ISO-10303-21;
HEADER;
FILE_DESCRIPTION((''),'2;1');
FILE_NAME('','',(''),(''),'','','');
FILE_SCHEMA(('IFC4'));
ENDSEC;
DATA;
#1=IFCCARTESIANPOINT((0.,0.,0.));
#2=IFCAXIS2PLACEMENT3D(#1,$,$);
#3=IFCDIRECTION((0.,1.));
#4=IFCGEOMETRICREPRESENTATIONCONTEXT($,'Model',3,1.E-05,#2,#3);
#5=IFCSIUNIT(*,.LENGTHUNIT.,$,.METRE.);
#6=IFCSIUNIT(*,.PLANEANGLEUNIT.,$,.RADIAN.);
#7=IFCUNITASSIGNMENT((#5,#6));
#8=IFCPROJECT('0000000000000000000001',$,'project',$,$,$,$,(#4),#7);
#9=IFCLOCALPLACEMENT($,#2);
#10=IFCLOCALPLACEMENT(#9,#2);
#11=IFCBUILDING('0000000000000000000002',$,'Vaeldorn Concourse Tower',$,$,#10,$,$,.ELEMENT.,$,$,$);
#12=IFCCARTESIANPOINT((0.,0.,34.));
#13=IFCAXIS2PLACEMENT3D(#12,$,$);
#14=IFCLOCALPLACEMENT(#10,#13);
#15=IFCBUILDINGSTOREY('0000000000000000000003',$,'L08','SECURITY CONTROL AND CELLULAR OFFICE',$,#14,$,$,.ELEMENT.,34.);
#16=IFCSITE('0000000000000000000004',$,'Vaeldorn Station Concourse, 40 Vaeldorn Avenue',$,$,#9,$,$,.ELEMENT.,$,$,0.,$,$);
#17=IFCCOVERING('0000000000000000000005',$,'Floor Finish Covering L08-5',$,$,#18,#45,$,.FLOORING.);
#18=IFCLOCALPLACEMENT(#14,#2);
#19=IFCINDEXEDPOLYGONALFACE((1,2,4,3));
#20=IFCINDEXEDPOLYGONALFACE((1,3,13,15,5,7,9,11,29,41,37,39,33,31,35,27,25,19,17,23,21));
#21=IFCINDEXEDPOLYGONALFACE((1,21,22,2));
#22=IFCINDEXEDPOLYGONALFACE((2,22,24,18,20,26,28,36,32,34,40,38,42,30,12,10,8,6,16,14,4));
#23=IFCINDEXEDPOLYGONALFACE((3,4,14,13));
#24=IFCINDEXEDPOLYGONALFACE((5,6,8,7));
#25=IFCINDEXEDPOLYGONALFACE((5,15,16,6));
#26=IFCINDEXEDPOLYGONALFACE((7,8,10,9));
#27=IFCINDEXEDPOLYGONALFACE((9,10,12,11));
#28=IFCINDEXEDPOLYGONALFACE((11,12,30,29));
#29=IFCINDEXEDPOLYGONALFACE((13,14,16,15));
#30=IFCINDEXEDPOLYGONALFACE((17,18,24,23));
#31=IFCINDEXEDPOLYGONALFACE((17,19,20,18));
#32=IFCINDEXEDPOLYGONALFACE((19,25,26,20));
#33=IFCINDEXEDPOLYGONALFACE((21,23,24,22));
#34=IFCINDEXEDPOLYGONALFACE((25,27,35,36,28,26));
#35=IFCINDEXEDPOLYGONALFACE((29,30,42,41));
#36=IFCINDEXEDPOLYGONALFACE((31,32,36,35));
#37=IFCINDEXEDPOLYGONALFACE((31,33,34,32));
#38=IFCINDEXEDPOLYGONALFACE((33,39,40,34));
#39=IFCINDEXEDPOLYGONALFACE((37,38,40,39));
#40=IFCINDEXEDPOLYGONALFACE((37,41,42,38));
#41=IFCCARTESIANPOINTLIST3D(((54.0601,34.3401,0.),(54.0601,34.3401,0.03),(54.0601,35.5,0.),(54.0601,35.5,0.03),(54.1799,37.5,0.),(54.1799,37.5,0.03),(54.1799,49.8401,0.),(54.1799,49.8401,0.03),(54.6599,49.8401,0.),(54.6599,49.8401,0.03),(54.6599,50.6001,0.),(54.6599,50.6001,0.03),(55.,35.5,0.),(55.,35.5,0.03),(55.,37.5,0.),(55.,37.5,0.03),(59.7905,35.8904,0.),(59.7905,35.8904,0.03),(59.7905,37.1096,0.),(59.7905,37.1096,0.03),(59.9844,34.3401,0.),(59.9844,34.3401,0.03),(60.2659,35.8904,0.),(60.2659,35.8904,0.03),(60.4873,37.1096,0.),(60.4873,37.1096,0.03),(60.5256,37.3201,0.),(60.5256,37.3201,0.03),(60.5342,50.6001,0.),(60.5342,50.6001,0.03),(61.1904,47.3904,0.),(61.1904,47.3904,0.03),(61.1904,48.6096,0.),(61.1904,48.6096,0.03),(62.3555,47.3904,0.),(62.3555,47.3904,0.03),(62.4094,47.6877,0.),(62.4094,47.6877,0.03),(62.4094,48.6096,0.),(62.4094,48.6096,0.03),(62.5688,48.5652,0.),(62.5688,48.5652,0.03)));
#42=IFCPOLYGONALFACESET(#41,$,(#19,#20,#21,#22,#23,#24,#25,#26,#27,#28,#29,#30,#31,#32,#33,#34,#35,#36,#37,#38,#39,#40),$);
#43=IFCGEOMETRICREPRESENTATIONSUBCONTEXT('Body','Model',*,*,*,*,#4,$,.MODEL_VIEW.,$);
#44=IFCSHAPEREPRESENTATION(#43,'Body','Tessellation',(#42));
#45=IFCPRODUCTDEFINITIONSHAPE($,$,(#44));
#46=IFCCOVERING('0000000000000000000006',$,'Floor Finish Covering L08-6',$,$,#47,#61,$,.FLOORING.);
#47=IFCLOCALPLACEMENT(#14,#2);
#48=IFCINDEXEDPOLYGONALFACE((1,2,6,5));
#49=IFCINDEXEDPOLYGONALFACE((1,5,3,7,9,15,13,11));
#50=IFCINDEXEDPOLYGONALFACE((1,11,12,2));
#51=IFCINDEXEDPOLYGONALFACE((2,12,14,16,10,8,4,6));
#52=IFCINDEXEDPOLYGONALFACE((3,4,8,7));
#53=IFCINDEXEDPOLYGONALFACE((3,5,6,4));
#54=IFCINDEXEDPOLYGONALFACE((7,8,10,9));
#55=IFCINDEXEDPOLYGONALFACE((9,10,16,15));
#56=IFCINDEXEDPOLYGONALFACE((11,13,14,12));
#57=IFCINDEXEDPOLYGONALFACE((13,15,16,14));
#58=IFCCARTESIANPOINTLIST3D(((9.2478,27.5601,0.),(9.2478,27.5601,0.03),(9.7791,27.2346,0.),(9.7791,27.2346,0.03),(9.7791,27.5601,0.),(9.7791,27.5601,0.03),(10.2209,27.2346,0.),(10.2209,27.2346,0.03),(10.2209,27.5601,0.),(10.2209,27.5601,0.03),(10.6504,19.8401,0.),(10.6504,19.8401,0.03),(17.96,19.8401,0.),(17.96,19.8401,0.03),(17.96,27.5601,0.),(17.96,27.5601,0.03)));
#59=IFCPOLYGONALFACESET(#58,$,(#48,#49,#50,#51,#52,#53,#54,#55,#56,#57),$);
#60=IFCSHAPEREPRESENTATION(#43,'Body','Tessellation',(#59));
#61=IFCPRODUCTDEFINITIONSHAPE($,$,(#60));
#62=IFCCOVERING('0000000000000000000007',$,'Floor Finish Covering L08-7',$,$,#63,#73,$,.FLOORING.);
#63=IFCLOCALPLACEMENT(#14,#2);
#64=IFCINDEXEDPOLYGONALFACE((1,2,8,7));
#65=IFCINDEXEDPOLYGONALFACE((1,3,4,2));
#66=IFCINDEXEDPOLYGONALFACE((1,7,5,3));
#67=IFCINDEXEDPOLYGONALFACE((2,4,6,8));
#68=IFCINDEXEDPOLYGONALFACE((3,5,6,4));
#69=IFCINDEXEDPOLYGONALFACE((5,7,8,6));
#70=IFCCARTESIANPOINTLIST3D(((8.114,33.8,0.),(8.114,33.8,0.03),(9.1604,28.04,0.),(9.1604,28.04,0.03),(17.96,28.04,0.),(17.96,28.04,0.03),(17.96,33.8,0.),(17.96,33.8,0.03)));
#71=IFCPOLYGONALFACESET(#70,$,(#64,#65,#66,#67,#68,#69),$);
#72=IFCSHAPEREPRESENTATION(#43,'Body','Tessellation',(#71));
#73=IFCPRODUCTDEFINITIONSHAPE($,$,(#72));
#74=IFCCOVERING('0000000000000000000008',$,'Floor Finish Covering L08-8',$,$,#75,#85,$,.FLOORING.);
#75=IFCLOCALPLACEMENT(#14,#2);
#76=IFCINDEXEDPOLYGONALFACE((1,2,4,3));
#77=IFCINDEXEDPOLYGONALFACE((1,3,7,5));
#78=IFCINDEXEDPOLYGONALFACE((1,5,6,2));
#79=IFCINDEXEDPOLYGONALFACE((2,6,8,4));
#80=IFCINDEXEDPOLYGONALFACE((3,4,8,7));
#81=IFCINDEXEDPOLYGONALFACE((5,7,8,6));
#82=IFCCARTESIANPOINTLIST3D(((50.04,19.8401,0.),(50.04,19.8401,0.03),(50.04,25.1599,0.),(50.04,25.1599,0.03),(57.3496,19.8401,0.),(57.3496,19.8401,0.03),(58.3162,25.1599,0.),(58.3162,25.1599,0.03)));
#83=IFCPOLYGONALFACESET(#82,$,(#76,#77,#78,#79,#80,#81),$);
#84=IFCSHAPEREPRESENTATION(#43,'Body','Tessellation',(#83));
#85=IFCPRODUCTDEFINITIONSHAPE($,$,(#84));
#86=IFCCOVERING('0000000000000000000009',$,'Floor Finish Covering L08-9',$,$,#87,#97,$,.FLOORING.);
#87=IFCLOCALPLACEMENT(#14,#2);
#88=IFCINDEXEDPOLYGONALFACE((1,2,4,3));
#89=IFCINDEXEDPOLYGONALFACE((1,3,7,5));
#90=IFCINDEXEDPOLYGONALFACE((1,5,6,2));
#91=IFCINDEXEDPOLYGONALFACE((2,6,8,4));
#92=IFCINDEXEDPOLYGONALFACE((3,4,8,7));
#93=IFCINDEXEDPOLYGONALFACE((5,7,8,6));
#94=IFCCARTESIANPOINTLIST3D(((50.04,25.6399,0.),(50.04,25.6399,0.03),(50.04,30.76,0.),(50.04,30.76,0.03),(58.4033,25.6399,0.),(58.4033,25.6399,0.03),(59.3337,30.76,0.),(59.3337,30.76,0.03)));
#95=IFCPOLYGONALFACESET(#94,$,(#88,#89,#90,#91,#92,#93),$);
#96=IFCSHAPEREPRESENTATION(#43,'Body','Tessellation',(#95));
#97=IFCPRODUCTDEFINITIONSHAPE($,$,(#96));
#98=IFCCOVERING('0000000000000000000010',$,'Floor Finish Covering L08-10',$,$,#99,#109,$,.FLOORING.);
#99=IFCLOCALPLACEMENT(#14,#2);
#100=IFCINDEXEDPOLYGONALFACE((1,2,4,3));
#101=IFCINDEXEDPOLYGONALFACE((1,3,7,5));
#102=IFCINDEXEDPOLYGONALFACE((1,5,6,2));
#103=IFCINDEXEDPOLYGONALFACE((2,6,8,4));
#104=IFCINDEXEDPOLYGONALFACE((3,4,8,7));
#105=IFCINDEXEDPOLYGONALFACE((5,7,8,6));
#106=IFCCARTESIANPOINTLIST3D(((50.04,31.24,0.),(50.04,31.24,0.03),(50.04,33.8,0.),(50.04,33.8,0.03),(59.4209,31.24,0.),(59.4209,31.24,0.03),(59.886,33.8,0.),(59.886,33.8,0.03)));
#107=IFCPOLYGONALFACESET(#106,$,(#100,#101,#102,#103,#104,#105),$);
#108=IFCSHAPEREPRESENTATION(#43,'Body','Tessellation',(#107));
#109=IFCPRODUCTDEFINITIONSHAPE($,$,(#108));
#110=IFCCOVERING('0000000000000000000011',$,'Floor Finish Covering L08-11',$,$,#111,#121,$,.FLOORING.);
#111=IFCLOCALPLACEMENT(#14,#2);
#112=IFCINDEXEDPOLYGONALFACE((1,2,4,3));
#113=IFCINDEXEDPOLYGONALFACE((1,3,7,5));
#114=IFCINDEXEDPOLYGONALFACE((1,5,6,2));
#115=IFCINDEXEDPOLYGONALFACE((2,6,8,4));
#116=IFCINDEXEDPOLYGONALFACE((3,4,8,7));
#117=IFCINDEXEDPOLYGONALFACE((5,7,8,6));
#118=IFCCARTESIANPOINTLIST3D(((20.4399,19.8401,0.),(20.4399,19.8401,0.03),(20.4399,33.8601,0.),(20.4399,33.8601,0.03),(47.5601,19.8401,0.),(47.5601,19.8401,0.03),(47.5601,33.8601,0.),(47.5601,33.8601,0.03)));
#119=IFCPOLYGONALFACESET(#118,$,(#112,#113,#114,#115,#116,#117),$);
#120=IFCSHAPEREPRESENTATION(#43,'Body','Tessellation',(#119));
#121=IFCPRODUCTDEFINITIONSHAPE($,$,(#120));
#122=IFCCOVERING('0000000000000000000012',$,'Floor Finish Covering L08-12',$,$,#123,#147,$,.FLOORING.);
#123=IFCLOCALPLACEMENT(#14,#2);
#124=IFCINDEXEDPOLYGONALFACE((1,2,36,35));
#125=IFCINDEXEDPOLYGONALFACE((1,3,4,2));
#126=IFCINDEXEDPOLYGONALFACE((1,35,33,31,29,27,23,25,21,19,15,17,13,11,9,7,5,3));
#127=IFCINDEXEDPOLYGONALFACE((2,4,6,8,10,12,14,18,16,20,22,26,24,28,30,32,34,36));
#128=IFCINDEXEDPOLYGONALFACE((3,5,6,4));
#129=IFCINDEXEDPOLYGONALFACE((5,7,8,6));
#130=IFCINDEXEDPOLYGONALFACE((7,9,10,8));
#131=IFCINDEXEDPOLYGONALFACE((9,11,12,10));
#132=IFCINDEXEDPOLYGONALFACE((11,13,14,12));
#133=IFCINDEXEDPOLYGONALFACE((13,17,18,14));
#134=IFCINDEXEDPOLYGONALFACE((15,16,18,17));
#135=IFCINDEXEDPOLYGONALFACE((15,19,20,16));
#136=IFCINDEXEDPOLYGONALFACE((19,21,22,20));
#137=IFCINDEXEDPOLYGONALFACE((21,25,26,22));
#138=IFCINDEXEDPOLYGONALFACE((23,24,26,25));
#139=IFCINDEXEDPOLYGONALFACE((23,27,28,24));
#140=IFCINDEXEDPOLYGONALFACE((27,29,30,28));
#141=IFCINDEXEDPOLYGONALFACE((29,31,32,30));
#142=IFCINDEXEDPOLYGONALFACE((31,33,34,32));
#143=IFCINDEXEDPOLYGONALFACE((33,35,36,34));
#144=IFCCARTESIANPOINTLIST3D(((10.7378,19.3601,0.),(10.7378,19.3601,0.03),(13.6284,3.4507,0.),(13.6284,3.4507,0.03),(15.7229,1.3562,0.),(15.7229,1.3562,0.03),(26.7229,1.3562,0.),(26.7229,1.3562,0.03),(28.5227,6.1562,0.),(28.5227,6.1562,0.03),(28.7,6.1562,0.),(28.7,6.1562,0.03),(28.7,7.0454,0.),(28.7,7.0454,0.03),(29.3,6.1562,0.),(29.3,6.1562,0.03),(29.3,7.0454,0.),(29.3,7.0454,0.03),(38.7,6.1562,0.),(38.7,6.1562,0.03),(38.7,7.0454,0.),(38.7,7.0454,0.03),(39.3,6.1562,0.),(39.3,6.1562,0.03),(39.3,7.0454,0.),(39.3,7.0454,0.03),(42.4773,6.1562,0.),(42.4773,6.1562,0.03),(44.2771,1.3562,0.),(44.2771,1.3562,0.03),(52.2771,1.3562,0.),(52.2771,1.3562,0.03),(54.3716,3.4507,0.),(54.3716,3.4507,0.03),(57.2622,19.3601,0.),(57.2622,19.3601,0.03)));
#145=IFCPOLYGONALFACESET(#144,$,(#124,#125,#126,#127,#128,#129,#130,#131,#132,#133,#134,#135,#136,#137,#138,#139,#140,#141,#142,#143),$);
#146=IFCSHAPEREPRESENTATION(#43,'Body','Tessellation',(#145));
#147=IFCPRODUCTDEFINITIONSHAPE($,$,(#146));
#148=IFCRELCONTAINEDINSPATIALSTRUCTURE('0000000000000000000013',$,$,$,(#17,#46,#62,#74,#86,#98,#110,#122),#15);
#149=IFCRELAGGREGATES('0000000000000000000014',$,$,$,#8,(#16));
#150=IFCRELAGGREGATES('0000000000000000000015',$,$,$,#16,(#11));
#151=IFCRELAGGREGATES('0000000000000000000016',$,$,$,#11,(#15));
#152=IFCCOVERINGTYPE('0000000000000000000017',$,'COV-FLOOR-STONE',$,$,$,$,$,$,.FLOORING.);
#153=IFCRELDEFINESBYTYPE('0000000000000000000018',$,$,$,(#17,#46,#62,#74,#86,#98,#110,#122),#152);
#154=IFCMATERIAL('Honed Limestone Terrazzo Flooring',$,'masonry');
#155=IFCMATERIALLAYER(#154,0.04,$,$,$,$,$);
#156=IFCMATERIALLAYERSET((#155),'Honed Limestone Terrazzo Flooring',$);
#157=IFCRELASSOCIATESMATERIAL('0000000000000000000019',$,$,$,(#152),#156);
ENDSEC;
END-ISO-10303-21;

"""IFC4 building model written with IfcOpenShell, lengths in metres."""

from ifc_helpers import new_model, si_unit, direction, frame, origin, place, context, subcontext, project, spatial, polyline, outline, extrude, material, layer, layer_set, type_object, element, save


model = new_model("IFC4")

# Units and contexts
model_context = context("Model", 3, precision=1e-05, world=origin(), true_north=direction((0.0, 1.0)))
body_context = subcontext(model_context, "Body", "Model", "MODEL_VIEW")
ifc_project = project(units=[si_unit("LENGTHUNIT", "METRE"), si_unit("PLANEANGLEUNIT", "RADIAN")], contexts=[model_context])

# Site, building, storey
site_placement = place(None, origin())
site = spatial("IfcSite", under=ifc_project, at=site_placement, Name="Vaeldorn Station Concourse, 40 Vaeldorn Avenue", CompositionType="ELEMENT", RefElevation=0.0)
building_placement = place(site_placement, origin())
building = spatial("IfcBuilding", under=site, at=building_placement, Name="Vaeldorn Concourse Tower", CompositionType="ELEMENT")
storey_placement = place(building_placement, frame((0.0, 0.0, 34.0)))
storey = spatial("IfcBuildingStorey", under=building, at=storey_placement, Name="L08", Description="SECURITY CONTROL AND CELLULAR OFFICE", CompositionType="ELEMENT", Elevation=34.0)

# Coverings
ifc_material_1 = material(Name="Honed Limestone Terrazzo Flooring", Category="masonry")
ifc_layer_1 = layer(ifc_material_1, 0.04)
ifc_layer_set_1 = layer_set([ifc_layer_1], Name="Honed Limestone Terrazzo Flooring")
covering_type_1 = type_object("IfcCoveringType", Name="COV-FLOOR-STONE", PredefinedType="FLOORING", material=ifc_layer_set_1)
covering_1_placement = place(storey_placement, origin())
element("IfcCovering", 1, at=covering_1_placement, inside=storey, type_object=covering_type_1, Name="Floor Finish Covering L08-5", PredefinedType="FLOORING", context=body_context, shape_type="SweptSolid", body=[
    extrude(outline(polyline([(54.1799, 49.8401), (54.6599, 49.8401), (54.6599, 50.6001), (60.5342, 50.6001), (62.5688, 48.5652), (62.4094, 47.6877), (62.4094, 48.6096), (61.1904, 48.6096), (61.1904, 47.3904), (62.3555, 47.3904), (60.5256, 37.3201), (60.5256, 37.3201), (60.4873, 37.1096), (59.7905, 37.1096), (59.7905, 35.8904), (60.2659, 35.8904), (59.9844, 34.3401), (54.0601, 34.3401), (54.0601, 35.5), (55.0, 35.5), (55.0, 37.5), (54.1799, 37.5), (54.1799, 49.8401)])), origin(), (0.0, 0.0, 1.0), 0.03),
])
covering_2_placement = place(storey_placement, origin())
element("IfcCovering", 2, at=covering_2_placement, inside=storey, type_object=covering_type_1, Name="Floor Finish Covering L08-6", PredefinedType="FLOORING", context=body_context, shape_type="SweptSolid", body=[
    extrude(outline(polyline([(9.7791, 27.5601), (9.7791, 27.2346), (10.2209, 27.2346), (10.2209, 27.5601), (17.96, 27.5601), (17.96, 19.8401), (10.6504, 19.8401), (9.2478, 27.5601), (9.7791, 27.5601)])), origin(), (0.0, 0.0, 1.0), 0.03),
])
covering_3_placement = place(storey_placement, origin())
element("IfcCovering", 3, at=covering_3_placement, inside=storey, type_object=covering_type_1, Name="Floor Finish Covering L08-7", PredefinedType="FLOORING", context=body_context, shape_type="SweptSolid", body=[
    extrude(outline(polyline([(17.96, 33.8), (17.96, 28.04), (9.1604, 28.04), (8.114, 33.8), (17.96, 33.8)])), origin(), (0.0, 0.0, 1.0), 0.03),
])
covering_4_placement = place(storey_placement, origin())
element("IfcCovering", 4, at=covering_4_placement, inside=storey, type_object=covering_type_1, Name="Floor Finish Covering L08-8", PredefinedType="FLOORING", context=body_context, shape_type="SweptSolid", body=[
    extrude(outline(polyline([(50.04, 19.8401), (50.04, 25.1599), (58.3162, 25.1599), (57.3496, 19.8401), (50.04, 19.8401)])), origin(), (0.0, 0.0, 1.0), 0.03),
])
covering_5_placement = place(storey_placement, origin())
element("IfcCovering", 5, at=covering_5_placement, inside=storey, type_object=covering_type_1, Name="Floor Finish Covering L08-9", PredefinedType="FLOORING", context=body_context, shape_type="SweptSolid", body=[
    extrude(outline(polyline([(50.04, 25.6399), (50.04, 30.76), (59.3337, 30.76), (58.4033, 25.6399), (50.04, 25.6399)])), origin(), (0.0, 0.0, 1.0), 0.03),
])
covering_6_placement = place(storey_placement, origin())
element("IfcCovering", 6, at=covering_6_placement, inside=storey, type_object=covering_type_1, Name="Floor Finish Covering L08-10", PredefinedType="FLOORING", context=body_context, shape_type="SweptSolid", body=[
    extrude(outline(polyline([(50.04, 31.24), (50.04, 33.8), (59.886, 33.8), (59.4209, 31.24), (50.04, 31.24)])), origin(), (0.0, 0.0, 1.0), 0.03),
])
covering_7_placement = place(storey_placement, origin())
element("IfcCovering", 7, at=covering_7_placement, inside=storey, type_object=covering_type_1, Name="Floor Finish Covering L08-11", PredefinedType="FLOORING", context=body_context, shape_type="SweptSolid", body=[
    extrude(outline(polyline([(20.4399, 33.8601), (47.5601, 33.8601), (47.5601, 19.8401), (20.4399, 19.8401), (20.4399, 33.8601)])), origin(), (0.0, 0.0, 1.0), 0.03),
])
covering_8_placement = place(storey_placement, origin())
element("IfcCovering", 8, at=covering_8_placement, inside=storey, type_object=covering_type_1, Name="Floor Finish Covering L08-12", PredefinedType="FLOORING", context=body_context, shape_type="SweptSolid", body=[
    extrude(outline(polyline([(57.2622, 19.3601), (54.3716, 3.4507), (52.2771, 1.3562), (44.2771, 1.3562), (42.4773, 6.1562), (39.3, 6.1562), (39.3, 7.0454), (38.7, 7.0454), (38.7, 6.1562), (29.3, 6.1562), (29.3, 7.0454), (28.7, 7.0454), (28.7, 6.1562), (28.5227, 6.1562), (26.7229, 1.3562), (15.7229, 1.3562), (13.6284, 3.4507), (10.7378, 19.3601), (57.2622, 19.3601)])), origin(), (0.0, 0.0, 1.0), 0.03),
])

save(model, "model.ifc")
